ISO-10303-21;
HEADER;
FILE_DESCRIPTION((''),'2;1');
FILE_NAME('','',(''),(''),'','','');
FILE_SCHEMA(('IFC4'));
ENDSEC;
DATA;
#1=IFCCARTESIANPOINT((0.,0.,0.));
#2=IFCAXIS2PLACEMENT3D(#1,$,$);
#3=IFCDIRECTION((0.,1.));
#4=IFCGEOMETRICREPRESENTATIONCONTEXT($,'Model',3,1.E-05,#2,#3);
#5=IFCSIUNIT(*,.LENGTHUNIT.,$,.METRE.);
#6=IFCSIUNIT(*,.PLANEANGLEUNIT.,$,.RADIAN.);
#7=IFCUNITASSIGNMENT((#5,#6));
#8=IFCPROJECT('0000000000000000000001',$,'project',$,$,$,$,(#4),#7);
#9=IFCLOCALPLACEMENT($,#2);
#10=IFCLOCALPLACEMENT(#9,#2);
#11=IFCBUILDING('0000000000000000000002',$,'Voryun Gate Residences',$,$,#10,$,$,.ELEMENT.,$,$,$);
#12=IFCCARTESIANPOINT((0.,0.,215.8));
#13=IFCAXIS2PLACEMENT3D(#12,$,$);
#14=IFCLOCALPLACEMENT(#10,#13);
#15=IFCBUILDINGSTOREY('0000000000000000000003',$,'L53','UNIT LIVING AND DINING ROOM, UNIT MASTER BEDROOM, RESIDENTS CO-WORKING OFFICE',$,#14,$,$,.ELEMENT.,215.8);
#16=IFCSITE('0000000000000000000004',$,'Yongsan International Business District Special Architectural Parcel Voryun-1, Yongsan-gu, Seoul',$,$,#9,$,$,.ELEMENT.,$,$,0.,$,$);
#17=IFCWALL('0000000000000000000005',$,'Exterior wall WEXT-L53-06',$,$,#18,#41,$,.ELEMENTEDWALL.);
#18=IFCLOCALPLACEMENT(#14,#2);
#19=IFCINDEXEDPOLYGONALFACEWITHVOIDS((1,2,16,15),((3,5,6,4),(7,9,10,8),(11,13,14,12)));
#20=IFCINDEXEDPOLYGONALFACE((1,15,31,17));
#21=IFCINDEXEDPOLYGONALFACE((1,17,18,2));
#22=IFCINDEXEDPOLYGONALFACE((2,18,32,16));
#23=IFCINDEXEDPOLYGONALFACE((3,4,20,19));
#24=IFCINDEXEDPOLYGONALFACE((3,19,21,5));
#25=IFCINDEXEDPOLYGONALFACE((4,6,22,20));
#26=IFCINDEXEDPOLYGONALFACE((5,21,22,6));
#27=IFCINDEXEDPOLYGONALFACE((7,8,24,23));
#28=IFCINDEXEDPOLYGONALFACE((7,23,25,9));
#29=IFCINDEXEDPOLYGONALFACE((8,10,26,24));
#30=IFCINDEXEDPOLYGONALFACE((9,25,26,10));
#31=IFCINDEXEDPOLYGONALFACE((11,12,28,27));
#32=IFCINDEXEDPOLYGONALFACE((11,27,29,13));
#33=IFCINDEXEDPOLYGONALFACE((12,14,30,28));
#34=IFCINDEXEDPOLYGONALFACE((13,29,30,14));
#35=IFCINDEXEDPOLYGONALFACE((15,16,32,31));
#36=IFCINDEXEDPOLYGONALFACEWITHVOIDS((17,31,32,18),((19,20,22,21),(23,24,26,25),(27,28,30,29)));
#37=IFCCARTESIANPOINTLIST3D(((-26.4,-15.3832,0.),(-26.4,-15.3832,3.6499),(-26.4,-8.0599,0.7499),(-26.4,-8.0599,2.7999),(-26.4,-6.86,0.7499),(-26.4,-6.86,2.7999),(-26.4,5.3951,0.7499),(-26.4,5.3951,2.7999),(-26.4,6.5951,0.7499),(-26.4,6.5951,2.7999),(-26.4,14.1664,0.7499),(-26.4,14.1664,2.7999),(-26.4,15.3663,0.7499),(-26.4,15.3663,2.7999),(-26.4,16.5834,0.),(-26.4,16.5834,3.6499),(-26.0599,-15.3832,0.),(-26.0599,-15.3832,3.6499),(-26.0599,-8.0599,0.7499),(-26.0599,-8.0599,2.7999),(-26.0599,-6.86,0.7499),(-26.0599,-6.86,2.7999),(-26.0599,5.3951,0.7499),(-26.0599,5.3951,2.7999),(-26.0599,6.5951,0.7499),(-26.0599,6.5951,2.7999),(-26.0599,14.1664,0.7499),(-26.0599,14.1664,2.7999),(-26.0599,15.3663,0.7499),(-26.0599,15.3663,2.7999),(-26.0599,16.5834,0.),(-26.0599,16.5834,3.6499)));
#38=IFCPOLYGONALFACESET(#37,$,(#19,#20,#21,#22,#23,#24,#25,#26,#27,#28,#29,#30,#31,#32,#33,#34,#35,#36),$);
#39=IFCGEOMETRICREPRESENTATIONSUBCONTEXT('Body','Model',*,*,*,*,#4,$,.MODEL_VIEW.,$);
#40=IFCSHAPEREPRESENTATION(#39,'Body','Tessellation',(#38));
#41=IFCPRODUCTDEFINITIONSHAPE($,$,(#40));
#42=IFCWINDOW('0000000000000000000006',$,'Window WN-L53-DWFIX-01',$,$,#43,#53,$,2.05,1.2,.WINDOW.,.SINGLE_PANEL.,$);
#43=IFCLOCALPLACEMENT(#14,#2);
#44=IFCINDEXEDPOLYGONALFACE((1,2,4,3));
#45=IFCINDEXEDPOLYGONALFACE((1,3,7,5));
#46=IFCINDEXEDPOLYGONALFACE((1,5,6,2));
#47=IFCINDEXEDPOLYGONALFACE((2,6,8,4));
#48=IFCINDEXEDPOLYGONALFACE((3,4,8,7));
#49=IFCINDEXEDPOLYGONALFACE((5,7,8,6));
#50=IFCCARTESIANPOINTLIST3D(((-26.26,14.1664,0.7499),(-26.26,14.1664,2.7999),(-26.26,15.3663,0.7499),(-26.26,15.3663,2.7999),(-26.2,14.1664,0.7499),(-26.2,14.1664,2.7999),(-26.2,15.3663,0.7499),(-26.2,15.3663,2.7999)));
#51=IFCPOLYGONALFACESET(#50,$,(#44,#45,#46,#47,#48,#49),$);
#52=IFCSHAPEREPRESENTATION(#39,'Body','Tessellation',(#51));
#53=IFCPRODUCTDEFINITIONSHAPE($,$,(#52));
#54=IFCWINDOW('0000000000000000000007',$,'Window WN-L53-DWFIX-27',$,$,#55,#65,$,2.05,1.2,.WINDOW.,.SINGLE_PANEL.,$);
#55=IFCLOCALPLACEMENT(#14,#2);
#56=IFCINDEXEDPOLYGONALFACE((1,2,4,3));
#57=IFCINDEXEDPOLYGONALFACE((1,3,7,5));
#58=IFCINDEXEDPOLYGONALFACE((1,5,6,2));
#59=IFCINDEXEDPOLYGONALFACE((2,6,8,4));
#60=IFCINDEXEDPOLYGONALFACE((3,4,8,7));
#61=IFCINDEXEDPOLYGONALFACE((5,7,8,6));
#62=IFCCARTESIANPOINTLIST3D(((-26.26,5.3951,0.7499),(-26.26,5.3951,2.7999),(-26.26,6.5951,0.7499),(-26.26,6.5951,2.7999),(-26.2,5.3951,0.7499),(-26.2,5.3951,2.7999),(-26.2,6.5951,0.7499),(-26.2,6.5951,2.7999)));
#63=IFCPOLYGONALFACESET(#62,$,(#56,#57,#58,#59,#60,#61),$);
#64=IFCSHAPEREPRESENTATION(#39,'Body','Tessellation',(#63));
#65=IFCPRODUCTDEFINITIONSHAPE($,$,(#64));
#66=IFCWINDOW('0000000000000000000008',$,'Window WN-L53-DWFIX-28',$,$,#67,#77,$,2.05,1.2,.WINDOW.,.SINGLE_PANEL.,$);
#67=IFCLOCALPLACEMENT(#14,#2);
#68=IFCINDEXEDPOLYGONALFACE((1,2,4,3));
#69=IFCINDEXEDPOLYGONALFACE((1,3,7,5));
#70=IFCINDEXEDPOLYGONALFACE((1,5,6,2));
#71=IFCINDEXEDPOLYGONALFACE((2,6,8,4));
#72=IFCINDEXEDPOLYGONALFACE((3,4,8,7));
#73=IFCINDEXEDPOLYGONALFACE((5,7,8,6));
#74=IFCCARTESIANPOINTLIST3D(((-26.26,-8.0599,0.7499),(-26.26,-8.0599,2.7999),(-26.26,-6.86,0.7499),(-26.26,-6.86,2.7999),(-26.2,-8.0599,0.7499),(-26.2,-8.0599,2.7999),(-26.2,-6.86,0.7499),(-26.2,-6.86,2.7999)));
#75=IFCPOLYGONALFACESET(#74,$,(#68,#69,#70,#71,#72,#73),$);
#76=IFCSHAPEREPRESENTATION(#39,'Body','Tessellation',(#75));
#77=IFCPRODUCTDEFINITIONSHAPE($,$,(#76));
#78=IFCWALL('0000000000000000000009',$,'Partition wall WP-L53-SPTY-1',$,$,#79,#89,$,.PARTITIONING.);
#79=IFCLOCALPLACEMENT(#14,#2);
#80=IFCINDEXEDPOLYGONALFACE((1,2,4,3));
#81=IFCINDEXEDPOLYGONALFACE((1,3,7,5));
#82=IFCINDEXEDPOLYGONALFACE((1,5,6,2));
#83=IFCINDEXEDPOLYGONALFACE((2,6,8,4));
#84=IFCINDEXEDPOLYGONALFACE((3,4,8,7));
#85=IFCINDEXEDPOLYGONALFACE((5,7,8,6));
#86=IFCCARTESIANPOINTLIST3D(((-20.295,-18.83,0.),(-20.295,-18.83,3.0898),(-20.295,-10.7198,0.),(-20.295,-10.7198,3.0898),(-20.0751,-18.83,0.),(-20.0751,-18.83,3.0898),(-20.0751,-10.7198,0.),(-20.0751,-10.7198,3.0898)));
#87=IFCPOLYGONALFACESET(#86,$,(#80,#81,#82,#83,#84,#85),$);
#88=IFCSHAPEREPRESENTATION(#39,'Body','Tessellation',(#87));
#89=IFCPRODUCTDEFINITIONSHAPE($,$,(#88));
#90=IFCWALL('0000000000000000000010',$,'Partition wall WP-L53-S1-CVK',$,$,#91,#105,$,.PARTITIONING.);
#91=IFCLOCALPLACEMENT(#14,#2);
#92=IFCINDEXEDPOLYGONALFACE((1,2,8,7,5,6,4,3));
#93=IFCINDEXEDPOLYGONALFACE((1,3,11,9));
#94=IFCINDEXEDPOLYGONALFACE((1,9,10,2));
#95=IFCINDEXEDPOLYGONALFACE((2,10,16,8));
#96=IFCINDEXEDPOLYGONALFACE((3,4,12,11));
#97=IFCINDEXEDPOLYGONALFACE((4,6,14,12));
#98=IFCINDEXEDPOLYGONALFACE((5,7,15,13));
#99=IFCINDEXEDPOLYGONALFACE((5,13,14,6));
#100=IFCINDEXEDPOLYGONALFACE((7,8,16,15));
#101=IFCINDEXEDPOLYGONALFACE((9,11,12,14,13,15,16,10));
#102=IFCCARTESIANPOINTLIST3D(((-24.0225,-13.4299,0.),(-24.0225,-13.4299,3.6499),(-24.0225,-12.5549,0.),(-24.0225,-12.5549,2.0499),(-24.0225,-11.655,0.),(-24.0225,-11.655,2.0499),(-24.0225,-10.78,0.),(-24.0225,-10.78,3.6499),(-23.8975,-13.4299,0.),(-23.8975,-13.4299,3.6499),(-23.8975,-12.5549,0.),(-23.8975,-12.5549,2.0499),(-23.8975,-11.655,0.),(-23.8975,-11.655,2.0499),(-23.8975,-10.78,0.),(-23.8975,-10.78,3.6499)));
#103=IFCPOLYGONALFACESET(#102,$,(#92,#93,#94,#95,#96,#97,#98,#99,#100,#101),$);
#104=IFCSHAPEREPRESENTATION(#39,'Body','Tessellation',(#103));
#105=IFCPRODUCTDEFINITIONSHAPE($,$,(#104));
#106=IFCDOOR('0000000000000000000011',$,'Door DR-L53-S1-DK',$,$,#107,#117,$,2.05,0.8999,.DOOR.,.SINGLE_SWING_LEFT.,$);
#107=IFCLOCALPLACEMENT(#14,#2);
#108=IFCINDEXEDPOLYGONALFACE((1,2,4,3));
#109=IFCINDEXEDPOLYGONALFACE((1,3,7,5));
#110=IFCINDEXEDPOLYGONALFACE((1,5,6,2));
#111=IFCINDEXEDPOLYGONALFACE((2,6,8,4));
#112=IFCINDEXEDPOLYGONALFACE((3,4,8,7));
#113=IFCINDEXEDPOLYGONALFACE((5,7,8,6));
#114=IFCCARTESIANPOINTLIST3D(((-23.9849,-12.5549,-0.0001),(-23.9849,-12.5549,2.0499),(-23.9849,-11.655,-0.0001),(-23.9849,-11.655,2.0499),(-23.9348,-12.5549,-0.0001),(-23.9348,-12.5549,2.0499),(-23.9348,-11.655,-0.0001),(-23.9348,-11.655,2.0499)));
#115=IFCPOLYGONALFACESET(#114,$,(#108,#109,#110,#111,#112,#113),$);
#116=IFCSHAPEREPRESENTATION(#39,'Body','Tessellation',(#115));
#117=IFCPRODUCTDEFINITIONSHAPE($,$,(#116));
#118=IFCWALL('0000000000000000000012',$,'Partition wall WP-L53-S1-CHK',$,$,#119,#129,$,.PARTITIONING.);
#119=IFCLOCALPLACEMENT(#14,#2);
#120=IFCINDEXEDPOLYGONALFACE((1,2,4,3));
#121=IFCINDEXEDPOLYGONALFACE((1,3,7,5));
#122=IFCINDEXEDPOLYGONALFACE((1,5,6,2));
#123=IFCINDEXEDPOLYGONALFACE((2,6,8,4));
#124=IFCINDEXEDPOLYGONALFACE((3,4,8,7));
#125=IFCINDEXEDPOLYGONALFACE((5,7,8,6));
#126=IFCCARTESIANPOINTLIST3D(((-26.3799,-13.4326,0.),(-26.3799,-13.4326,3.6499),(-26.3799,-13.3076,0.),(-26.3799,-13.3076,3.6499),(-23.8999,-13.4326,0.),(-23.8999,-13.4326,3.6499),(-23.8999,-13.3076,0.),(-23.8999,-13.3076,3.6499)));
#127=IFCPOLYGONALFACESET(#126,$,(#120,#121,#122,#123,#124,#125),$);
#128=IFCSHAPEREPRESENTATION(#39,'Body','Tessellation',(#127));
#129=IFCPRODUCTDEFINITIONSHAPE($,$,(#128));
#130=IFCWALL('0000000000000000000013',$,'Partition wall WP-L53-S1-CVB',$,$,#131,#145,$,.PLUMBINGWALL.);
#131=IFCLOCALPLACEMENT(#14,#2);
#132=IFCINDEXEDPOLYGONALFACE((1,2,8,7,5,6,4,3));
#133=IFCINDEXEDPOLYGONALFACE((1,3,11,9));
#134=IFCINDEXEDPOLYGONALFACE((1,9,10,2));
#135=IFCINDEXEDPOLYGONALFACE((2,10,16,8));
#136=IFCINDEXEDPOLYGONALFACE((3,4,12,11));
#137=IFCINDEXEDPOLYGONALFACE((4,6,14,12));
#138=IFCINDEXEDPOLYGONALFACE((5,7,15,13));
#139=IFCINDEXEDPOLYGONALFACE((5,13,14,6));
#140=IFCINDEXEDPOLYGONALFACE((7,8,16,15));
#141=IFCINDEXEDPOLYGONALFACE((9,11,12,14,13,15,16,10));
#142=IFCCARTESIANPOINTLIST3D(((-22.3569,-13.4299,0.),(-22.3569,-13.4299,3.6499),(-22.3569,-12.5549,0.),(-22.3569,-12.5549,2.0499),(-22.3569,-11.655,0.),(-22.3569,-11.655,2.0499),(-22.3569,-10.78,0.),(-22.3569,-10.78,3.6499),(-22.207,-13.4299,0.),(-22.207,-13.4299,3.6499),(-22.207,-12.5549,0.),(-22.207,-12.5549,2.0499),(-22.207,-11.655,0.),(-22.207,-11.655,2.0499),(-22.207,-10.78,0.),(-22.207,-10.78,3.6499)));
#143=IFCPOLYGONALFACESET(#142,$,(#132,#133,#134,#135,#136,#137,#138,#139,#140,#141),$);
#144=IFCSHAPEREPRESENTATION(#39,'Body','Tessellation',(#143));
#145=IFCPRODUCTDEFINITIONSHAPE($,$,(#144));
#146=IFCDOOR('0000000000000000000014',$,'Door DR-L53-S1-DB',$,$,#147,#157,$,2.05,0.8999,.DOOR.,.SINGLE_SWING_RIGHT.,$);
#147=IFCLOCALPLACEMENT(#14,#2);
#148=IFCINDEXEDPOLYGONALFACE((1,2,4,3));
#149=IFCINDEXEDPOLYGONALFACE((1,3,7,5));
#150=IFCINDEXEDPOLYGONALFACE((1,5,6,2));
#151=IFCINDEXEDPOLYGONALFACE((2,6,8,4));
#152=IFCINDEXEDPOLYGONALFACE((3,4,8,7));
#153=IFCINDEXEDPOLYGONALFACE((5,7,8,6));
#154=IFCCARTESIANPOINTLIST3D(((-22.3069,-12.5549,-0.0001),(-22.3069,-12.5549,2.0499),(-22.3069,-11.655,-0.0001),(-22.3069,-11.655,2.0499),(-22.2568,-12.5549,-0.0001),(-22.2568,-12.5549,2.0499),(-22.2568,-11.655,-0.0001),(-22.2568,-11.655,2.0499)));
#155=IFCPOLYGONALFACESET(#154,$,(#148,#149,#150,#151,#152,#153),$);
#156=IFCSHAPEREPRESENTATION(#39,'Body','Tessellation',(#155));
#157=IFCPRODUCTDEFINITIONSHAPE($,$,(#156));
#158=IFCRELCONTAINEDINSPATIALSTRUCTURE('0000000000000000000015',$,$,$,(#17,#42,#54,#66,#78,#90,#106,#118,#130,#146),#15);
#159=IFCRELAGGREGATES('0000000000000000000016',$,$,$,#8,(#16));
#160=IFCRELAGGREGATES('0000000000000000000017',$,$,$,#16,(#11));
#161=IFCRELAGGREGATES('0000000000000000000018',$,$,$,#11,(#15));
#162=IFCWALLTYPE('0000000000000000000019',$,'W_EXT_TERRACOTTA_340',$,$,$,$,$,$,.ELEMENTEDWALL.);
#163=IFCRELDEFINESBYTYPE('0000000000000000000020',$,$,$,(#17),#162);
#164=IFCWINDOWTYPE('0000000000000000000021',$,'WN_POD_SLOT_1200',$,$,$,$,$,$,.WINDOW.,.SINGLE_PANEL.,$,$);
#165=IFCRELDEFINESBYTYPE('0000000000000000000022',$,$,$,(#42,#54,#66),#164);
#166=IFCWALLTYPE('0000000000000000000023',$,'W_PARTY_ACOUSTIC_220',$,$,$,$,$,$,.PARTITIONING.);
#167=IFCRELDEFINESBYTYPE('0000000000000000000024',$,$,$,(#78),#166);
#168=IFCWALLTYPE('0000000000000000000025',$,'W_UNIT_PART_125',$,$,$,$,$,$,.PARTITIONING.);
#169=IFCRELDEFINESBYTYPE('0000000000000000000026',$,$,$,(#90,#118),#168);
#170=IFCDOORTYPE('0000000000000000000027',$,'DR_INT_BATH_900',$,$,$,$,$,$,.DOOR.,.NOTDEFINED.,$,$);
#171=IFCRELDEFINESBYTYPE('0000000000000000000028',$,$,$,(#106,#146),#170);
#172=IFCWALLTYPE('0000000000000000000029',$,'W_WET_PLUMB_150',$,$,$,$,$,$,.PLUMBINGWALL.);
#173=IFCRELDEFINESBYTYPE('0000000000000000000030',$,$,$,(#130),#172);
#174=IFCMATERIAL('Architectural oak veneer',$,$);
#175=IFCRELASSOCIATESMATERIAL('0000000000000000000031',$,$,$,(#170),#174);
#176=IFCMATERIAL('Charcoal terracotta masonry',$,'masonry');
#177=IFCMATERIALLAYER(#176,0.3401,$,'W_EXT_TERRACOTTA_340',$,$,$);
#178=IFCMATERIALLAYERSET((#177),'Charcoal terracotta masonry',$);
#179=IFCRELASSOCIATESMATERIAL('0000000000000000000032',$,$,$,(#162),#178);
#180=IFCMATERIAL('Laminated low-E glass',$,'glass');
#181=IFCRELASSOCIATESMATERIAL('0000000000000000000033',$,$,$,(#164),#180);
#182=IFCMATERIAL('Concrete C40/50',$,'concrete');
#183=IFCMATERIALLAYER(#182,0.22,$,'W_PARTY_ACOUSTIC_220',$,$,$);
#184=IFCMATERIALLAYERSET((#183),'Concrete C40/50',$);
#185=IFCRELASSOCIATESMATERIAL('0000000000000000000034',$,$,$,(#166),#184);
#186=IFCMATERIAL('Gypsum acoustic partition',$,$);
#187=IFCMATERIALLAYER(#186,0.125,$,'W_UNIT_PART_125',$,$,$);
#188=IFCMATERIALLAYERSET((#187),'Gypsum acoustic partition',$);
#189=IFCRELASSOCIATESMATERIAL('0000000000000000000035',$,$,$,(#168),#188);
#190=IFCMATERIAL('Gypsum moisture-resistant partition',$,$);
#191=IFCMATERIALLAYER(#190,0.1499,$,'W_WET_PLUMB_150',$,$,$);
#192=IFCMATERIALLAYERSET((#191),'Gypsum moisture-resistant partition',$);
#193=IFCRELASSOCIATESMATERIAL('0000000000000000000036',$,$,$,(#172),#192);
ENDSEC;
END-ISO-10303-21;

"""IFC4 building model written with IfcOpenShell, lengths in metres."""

from ifc_helpers import new_model, si_unit, direction, frame, frame_2d, origin, place, context, subcontext, project, spatial, rectangle, extrude, material, layer, layer_set, type_object, element, fill, save


model = new_model("IFC4")

# Units and contexts
model_context = context("Model", 3, precision=1e-05, world=origin(), true_north=direction((0.0, 1.0)))
body_context = subcontext(model_context, "Body", "Model", "MODEL_VIEW")
ifc_project = project(units=[si_unit("LENGTHUNIT", "METRE"), si_unit("PLANEANGLEUNIT", "RADIAN")], contexts=[model_context])

# Site, building, storey
site_placement = place(None, origin())
site = spatial("IfcSite", under=ifc_project, at=site_placement, Name="Yongsan International Business District Special Architectural Parcel Voryun-1, Yongsan-gu, Seoul", CompositionType="ELEMENT", RefElevation=0.0)
building_placement = place(site_placement, origin())
building = spatial("IfcBuilding", under=site, at=building_placement, Name="Voryun Gate Residences", CompositionType="ELEMENT")
storey_placement = place(building_placement, frame((0.0, 0.0, 215.8)))
storey = spatial("IfcBuildingStorey", under=building, at=storey_placement, Name="L53", Description="UNIT LIVING AND DINING ROOM, UNIT MASTER BEDROOM, RESIDENTS CO-WORKING OFFICE", CompositionType="ELEMENT", Elevation=215.8)

# Shared definitions
ifc_material_1 = material(Name="Architectural oak veneer")
door_type_1 = type_object("IfcDoorType", Name="DR_INT_BATH_900", OperationType="NOTDEFINED", PredefinedType="DOOR", material=ifc_material_1)

# Shared definitions
ifc_material_2 = material(Name="Charcoal terracotta masonry", Category="masonry")
ifc_layer_1 = layer(ifc_material_2, 0.3401, Name="W_EXT_TERRACOTTA_340")
ifc_layer_set_1 = layer_set([ifc_layer_1], Name="Charcoal terracotta masonry")
wall_type_1 = type_object("IfcWallType", Name="W_EXT_TERRACOTTA_340", PredefinedType="ELEMENTEDWALL", material=ifc_layer_set_1)

# Wall, openings, windows
wall_1_placement = place(storey_placement, frame((-26.23, -15.3833, 0.0), z_axis=(0.0, 0.0, 1.0), x_axis=(0.0, 1.0, 0.0)))
wall_1 = element("IfcWall", 1, at=wall_1_placement, inside=storey, type_object=wall_type_1, Name="Exterior wall WEXT-L53-06", PredefinedType="ELEMENTEDWALL", context=body_context, shape_type="SweptSolid", body=[
    extrude(rectangle(XDim=31.9666, YDim=0.3401, at=frame_2d((15.9834, 0.0))), origin(), (0.0, 0.0, 1.0), 3.6499),
])
opening_1_placement = place(wall_1_placement, frame((29.5496, 0.0, 0.75)))
opening_1 = element("IfcOpeningElement", 2, at=opening_1_placement, cuts=wall_1, PredefinedType="OPENING", context=body_context, shape_type="SweptSolid", body=[
    extrude(rectangle(XDim=1.2, YDim=2.05, at=frame_2d((0.6001, 1.0249))), frame((0.0, 0.1799, 0.0), z_axis=(0.0, -1.0, 0.0), x_axis=(1.0, 0.0, 0.0)), (0.0, 0.0, 1.0), 0.3601),
])
opening_2_placement = place(wall_1_placement, frame((20.7783, 0.0, 0.75)))
opening_2 = element("IfcOpeningElement", 3, at=opening_2_placement, cuts=wall_1, PredefinedType="OPENING", context=body_context, shape_type="SweptSolid", body=[
    extrude(rectangle(XDim=1.2, YDim=2.05, at=frame_2d((0.6001, 1.0249))), frame((0.0, 0.1799, 0.0), z_axis=(0.0, -1.0, 0.0), x_axis=(1.0, 0.0, 0.0)), (0.0, 0.0, 1.0), 0.3601),
])
opening_3_placement = place(wall_1_placement, frame((7.3232, 0.0, 0.75)))
opening_3 = element("IfcOpeningElement", 4, at=opening_3_placement, cuts=wall_1, PredefinedType="OPENING", context=body_context, shape_type="SweptSolid", body=[
    extrude(rectangle(XDim=1.2, YDim=2.05, at=frame_2d((0.6001, 1.0249))), frame((0.0, 0.1799, 0.0), z_axis=(0.0, -1.0, 0.0), x_axis=(1.0, 0.0, 0.0)), (0.0, 0.0, 1.0), 0.3601),
])
ifc_material_3 = material(Name="Laminated low-E glass", Category="glass")
window_type = type_object("IfcWindowType", Name="WN_POD_SLOT_1200", PartitioningType="SINGLE_PANEL", PredefinedType="WINDOW", material=ifc_material_3)
window_1_placement = place(opening_1_placement, origin())
window_1 = element("IfcWindow", 5, at=window_1_placement, inside=storey, type_object=window_type, Name="Window WN-L53-DWFIX-01", OverallHeight=2.05, OverallWidth=1.2, PartitioningType="SINGLE_PANEL", PredefinedType="WINDOW", context=body_context, shape_type="SweptSolid", body=[
    extrude(rectangle(XDim=1.2, YDim=2.05, at=frame_2d((0.6001, 1.0249))), frame((0.0, 0.03, 0.0), z_axis=(0.0, -1.0, 0.0), x_axis=(1.0, 0.0, 0.0)), (0.0, 0.0, 1.0), 0.0601),
])
fill(opening_1, window_1)
window_2_placement = place(opening_2_placement, origin())
window_2 = element("IfcWindow", 6, at=window_2_placement, inside=storey, type_object=window_type, Name="Window WN-L53-DWFIX-27", OverallHeight=2.05, OverallWidth=1.2, PartitioningType="SINGLE_PANEL", PredefinedType="WINDOW", context=body_context, shape_type="SweptSolid", body=[
    extrude(rectangle(XDim=1.2, YDim=2.05, at=frame_2d((0.6001, 1.0249))), frame((0.0, 0.03, 0.0), z_axis=(0.0, -1.0, 0.0), x_axis=(1.0, 0.0, 0.0)), (0.0, 0.0, 1.0), 0.0601),
])
fill(opening_2, window_2)
window_3_placement = place(opening_3_placement, origin())
window_3 = element("IfcWindow", 7, at=window_3_placement, inside=storey, type_object=window_type, Name="Window WN-L53-DWFIX-28", OverallHeight=2.05, OverallWidth=1.2, PartitioningType="SINGLE_PANEL", PredefinedType="WINDOW", context=body_context, shape_type="SweptSolid", body=[
    extrude(rectangle(XDim=1.2, YDim=2.05, at=frame_2d((0.6001, 1.0249))), frame((0.0, 0.03, 0.0), z_axis=(0.0, -1.0, 0.0), x_axis=(1.0, 0.0, 0.0)), (0.0, 0.0, 1.0), 0.0601),
])
fill(opening_3, window_3)

# Wall
ifc_material_4 = material(Name="Concrete C40/50", Category="concrete")
ifc_layer_2 = layer(ifc_material_4, 0.22, Name="W_PARTY_ACOUSTIC_220")
ifc_layer_set_2 = layer_set([ifc_layer_2], Name="Concrete C40/50")
wall_type_2 = type_object("IfcWallType", Name="W_PARTY_ACOUSTIC_220", PredefinedType="PARTITIONING", material=ifc_layer_set_2)
wall_2_placement = place(storey_placement, frame((-20.1851, -18.8301, 0.0), z_axis=(0.0, 0.0, 1.0), x_axis=(0.0, 1.0, 0.0)))
element("IfcWall", 8, at=wall_2_placement, inside=storey, type_object=wall_type_2, Name="Partition wall WP-L53-SPTY-1", PredefinedType="PARTITIONING", context=body_context, shape_type="SweptSolid", body=[
    extrude(rectangle(XDim=8.1101, YDim=0.22, at=frame_2d((4.0552, 0.0))), origin(), (0.0, 0.0, 1.0), 3.0898),
])

# Wall, opening, door
ifc_material_5 = material(Name="Gypsum acoustic partition")
ifc_layer_3 = layer(ifc_material_5, 0.125, Name="W_UNIT_PART_125")
ifc_layer_set_3 = layer_set([ifc_layer_3], Name="Gypsum acoustic partition")
wall_type_3 = type_object("IfcWallType", Name="W_UNIT_PART_125", PredefinedType="PARTITIONING", material=ifc_layer_set_3)
wall_3_placement = place(storey_placement, frame((-23.96, -13.4299, 0.0), z_axis=(0.0, 0.0, 1.0), x_axis=(0.0, 1.0, 0.0)))
wall_3 = element("IfcWall", 9, at=wall_3_placement, inside=storey, type_object=wall_type_3, Name="Partition wall WP-L53-S1-CVK", PredefinedType="PARTITIONING", context=body_context, shape_type="SweptSolid", body=[
    extrude(rectangle(XDim=2.6499, YDim=0.125, at=frame_2d((1.325, 0.0))), origin(), (0.0, 0.0, 1.0), 3.6499),
])
opening_4_placement = place(wall_3_placement, frame((0.875, 0.0, 0.0)))
opening_4 = element("IfcOpeningElement", 10, at=opening_4_placement, cuts=wall_3, PredefinedType="OPENING", context=body_context, shape_type="SweptSolid", body=[
    extrude(rectangle(XDim=0.8999, YDim=2.05, at=frame_2d((0.45, 1.0249))), frame((0.0, 0.0725, 0.0), z_axis=(0.0, -1.0, 0.0), x_axis=(1.0, 0.0, 0.0)), (0.0, 0.0, 1.0), 0.145),
])
door_1_placement = place(opening_4_placement, origin())
door_1 = element("IfcDoor", 11, at=door_1_placement, inside=storey, type_object=door_type_1, Name="Door DR-L53-S1-DK", OperationType="SINGLE_SWING_LEFT", OverallHeight=2.05, OverallWidth=0.8999, PredefinedType="DOOR", context=body_context, shape_type="SweptSolid", body=[
    extrude(rectangle(XDim=0.8999, YDim=2.05, at=frame_2d((0.45, 1.0249))), frame((0.0, 0.0249, 0.0), z_axis=(0.0, -1.0, 0.0), x_axis=(1.0, 0.0, 0.0)), (0.0, 0.0, 1.0), 0.05),
])
fill(opening_4, door_1)

# Wall
wall_4_placement = place(storey_placement, frame((-26.3799, -13.3701, 0.0), z_axis=(0.0, 0.0, 1.0), x_axis=(1.0, 0.0, 0.0)))
element("IfcWall", 12, at=wall_4_placement, inside=storey, type_object=wall_type_3, Name="Partition wall WP-L53-S1-CHK", PredefinedType="PARTITIONING", context=body_context, shape_type="SweptSolid", body=[
    extrude(rectangle(XDim=2.48, YDim=0.125, at=frame_2d((1.24, 0.0))), origin(), (0.0, 0.0, 1.0), 3.6499),
])

# Wall, opening, door
ifc_material_6 = material(Name="Gypsum moisture-resistant partition")
ifc_layer_4 = layer(ifc_material_6, 0.1499, Name="W_WET_PLUMB_150")
ifc_layer_set_4 = layer_set([ifc_layer_4], Name="Gypsum moisture-resistant partition")
wall_type_4 = type_object("IfcWallType", Name="W_WET_PLUMB_150", PredefinedType="PLUMBINGWALL", material=ifc_layer_set_4)
wall_5_placement = place(storey_placement, frame((-22.282, -13.4299, 0.0), z_axis=(0.0, 0.0, 1.0), x_axis=(0.0, 1.0, 0.0)))
wall_5 = element("IfcWall", 13, at=wall_5_placement, inside=storey, type_object=wall_type_4, Name="Partition wall WP-L53-S1-CVB", PredefinedType="PLUMBINGWALL", context=body_context, shape_type="SweptSolid", body=[
    extrude(rectangle(XDim=2.6499, YDim=0.1499, at=frame_2d((1.325, 0.0))), origin(), (0.0, 0.0, 1.0), 3.6499),
])
opening_5_placement = place(wall_5_placement, frame((0.875, 0.0, 0.0)))
opening_5 = element("IfcOpeningElement", 14, at=opening_5_placement, cuts=wall_5, PredefinedType="OPENING", context=body_context, shape_type="SweptSolid", body=[
    extrude(rectangle(XDim=0.8999, YDim=2.05, at=frame_2d((0.45, 1.0249))), frame((0.0, 0.085, 0.0), z_axis=(0.0, -1.0, 0.0), x_axis=(1.0, 0.0, 0.0)), (0.0, 0.0, 1.0), 0.1699),
])
door_2_placement = place(opening_5_placement, origin())
door_2 = element("IfcDoor", 15, at=door_2_placement, inside=storey, type_object=door_type_1, Name="Door DR-L53-S1-DB", OperationType="SINGLE_SWING_RIGHT", OverallHeight=2.05, OverallWidth=0.8999, PredefinedType="DOOR", context=body_context, shape_type="SweptSolid", body=[
    extrude(rectangle(XDim=0.8999, YDim=2.05, at=frame_2d((0.45, 1.0249))), frame((0.0, 0.0249, 0.0), z_axis=(0.0, -1.0, 0.0), x_axis=(1.0, 0.0, 0.0)), (0.0, 0.0, 1.0), 0.05),
])
fill(opening_5, door_2)

save(model, "model.ifc")
